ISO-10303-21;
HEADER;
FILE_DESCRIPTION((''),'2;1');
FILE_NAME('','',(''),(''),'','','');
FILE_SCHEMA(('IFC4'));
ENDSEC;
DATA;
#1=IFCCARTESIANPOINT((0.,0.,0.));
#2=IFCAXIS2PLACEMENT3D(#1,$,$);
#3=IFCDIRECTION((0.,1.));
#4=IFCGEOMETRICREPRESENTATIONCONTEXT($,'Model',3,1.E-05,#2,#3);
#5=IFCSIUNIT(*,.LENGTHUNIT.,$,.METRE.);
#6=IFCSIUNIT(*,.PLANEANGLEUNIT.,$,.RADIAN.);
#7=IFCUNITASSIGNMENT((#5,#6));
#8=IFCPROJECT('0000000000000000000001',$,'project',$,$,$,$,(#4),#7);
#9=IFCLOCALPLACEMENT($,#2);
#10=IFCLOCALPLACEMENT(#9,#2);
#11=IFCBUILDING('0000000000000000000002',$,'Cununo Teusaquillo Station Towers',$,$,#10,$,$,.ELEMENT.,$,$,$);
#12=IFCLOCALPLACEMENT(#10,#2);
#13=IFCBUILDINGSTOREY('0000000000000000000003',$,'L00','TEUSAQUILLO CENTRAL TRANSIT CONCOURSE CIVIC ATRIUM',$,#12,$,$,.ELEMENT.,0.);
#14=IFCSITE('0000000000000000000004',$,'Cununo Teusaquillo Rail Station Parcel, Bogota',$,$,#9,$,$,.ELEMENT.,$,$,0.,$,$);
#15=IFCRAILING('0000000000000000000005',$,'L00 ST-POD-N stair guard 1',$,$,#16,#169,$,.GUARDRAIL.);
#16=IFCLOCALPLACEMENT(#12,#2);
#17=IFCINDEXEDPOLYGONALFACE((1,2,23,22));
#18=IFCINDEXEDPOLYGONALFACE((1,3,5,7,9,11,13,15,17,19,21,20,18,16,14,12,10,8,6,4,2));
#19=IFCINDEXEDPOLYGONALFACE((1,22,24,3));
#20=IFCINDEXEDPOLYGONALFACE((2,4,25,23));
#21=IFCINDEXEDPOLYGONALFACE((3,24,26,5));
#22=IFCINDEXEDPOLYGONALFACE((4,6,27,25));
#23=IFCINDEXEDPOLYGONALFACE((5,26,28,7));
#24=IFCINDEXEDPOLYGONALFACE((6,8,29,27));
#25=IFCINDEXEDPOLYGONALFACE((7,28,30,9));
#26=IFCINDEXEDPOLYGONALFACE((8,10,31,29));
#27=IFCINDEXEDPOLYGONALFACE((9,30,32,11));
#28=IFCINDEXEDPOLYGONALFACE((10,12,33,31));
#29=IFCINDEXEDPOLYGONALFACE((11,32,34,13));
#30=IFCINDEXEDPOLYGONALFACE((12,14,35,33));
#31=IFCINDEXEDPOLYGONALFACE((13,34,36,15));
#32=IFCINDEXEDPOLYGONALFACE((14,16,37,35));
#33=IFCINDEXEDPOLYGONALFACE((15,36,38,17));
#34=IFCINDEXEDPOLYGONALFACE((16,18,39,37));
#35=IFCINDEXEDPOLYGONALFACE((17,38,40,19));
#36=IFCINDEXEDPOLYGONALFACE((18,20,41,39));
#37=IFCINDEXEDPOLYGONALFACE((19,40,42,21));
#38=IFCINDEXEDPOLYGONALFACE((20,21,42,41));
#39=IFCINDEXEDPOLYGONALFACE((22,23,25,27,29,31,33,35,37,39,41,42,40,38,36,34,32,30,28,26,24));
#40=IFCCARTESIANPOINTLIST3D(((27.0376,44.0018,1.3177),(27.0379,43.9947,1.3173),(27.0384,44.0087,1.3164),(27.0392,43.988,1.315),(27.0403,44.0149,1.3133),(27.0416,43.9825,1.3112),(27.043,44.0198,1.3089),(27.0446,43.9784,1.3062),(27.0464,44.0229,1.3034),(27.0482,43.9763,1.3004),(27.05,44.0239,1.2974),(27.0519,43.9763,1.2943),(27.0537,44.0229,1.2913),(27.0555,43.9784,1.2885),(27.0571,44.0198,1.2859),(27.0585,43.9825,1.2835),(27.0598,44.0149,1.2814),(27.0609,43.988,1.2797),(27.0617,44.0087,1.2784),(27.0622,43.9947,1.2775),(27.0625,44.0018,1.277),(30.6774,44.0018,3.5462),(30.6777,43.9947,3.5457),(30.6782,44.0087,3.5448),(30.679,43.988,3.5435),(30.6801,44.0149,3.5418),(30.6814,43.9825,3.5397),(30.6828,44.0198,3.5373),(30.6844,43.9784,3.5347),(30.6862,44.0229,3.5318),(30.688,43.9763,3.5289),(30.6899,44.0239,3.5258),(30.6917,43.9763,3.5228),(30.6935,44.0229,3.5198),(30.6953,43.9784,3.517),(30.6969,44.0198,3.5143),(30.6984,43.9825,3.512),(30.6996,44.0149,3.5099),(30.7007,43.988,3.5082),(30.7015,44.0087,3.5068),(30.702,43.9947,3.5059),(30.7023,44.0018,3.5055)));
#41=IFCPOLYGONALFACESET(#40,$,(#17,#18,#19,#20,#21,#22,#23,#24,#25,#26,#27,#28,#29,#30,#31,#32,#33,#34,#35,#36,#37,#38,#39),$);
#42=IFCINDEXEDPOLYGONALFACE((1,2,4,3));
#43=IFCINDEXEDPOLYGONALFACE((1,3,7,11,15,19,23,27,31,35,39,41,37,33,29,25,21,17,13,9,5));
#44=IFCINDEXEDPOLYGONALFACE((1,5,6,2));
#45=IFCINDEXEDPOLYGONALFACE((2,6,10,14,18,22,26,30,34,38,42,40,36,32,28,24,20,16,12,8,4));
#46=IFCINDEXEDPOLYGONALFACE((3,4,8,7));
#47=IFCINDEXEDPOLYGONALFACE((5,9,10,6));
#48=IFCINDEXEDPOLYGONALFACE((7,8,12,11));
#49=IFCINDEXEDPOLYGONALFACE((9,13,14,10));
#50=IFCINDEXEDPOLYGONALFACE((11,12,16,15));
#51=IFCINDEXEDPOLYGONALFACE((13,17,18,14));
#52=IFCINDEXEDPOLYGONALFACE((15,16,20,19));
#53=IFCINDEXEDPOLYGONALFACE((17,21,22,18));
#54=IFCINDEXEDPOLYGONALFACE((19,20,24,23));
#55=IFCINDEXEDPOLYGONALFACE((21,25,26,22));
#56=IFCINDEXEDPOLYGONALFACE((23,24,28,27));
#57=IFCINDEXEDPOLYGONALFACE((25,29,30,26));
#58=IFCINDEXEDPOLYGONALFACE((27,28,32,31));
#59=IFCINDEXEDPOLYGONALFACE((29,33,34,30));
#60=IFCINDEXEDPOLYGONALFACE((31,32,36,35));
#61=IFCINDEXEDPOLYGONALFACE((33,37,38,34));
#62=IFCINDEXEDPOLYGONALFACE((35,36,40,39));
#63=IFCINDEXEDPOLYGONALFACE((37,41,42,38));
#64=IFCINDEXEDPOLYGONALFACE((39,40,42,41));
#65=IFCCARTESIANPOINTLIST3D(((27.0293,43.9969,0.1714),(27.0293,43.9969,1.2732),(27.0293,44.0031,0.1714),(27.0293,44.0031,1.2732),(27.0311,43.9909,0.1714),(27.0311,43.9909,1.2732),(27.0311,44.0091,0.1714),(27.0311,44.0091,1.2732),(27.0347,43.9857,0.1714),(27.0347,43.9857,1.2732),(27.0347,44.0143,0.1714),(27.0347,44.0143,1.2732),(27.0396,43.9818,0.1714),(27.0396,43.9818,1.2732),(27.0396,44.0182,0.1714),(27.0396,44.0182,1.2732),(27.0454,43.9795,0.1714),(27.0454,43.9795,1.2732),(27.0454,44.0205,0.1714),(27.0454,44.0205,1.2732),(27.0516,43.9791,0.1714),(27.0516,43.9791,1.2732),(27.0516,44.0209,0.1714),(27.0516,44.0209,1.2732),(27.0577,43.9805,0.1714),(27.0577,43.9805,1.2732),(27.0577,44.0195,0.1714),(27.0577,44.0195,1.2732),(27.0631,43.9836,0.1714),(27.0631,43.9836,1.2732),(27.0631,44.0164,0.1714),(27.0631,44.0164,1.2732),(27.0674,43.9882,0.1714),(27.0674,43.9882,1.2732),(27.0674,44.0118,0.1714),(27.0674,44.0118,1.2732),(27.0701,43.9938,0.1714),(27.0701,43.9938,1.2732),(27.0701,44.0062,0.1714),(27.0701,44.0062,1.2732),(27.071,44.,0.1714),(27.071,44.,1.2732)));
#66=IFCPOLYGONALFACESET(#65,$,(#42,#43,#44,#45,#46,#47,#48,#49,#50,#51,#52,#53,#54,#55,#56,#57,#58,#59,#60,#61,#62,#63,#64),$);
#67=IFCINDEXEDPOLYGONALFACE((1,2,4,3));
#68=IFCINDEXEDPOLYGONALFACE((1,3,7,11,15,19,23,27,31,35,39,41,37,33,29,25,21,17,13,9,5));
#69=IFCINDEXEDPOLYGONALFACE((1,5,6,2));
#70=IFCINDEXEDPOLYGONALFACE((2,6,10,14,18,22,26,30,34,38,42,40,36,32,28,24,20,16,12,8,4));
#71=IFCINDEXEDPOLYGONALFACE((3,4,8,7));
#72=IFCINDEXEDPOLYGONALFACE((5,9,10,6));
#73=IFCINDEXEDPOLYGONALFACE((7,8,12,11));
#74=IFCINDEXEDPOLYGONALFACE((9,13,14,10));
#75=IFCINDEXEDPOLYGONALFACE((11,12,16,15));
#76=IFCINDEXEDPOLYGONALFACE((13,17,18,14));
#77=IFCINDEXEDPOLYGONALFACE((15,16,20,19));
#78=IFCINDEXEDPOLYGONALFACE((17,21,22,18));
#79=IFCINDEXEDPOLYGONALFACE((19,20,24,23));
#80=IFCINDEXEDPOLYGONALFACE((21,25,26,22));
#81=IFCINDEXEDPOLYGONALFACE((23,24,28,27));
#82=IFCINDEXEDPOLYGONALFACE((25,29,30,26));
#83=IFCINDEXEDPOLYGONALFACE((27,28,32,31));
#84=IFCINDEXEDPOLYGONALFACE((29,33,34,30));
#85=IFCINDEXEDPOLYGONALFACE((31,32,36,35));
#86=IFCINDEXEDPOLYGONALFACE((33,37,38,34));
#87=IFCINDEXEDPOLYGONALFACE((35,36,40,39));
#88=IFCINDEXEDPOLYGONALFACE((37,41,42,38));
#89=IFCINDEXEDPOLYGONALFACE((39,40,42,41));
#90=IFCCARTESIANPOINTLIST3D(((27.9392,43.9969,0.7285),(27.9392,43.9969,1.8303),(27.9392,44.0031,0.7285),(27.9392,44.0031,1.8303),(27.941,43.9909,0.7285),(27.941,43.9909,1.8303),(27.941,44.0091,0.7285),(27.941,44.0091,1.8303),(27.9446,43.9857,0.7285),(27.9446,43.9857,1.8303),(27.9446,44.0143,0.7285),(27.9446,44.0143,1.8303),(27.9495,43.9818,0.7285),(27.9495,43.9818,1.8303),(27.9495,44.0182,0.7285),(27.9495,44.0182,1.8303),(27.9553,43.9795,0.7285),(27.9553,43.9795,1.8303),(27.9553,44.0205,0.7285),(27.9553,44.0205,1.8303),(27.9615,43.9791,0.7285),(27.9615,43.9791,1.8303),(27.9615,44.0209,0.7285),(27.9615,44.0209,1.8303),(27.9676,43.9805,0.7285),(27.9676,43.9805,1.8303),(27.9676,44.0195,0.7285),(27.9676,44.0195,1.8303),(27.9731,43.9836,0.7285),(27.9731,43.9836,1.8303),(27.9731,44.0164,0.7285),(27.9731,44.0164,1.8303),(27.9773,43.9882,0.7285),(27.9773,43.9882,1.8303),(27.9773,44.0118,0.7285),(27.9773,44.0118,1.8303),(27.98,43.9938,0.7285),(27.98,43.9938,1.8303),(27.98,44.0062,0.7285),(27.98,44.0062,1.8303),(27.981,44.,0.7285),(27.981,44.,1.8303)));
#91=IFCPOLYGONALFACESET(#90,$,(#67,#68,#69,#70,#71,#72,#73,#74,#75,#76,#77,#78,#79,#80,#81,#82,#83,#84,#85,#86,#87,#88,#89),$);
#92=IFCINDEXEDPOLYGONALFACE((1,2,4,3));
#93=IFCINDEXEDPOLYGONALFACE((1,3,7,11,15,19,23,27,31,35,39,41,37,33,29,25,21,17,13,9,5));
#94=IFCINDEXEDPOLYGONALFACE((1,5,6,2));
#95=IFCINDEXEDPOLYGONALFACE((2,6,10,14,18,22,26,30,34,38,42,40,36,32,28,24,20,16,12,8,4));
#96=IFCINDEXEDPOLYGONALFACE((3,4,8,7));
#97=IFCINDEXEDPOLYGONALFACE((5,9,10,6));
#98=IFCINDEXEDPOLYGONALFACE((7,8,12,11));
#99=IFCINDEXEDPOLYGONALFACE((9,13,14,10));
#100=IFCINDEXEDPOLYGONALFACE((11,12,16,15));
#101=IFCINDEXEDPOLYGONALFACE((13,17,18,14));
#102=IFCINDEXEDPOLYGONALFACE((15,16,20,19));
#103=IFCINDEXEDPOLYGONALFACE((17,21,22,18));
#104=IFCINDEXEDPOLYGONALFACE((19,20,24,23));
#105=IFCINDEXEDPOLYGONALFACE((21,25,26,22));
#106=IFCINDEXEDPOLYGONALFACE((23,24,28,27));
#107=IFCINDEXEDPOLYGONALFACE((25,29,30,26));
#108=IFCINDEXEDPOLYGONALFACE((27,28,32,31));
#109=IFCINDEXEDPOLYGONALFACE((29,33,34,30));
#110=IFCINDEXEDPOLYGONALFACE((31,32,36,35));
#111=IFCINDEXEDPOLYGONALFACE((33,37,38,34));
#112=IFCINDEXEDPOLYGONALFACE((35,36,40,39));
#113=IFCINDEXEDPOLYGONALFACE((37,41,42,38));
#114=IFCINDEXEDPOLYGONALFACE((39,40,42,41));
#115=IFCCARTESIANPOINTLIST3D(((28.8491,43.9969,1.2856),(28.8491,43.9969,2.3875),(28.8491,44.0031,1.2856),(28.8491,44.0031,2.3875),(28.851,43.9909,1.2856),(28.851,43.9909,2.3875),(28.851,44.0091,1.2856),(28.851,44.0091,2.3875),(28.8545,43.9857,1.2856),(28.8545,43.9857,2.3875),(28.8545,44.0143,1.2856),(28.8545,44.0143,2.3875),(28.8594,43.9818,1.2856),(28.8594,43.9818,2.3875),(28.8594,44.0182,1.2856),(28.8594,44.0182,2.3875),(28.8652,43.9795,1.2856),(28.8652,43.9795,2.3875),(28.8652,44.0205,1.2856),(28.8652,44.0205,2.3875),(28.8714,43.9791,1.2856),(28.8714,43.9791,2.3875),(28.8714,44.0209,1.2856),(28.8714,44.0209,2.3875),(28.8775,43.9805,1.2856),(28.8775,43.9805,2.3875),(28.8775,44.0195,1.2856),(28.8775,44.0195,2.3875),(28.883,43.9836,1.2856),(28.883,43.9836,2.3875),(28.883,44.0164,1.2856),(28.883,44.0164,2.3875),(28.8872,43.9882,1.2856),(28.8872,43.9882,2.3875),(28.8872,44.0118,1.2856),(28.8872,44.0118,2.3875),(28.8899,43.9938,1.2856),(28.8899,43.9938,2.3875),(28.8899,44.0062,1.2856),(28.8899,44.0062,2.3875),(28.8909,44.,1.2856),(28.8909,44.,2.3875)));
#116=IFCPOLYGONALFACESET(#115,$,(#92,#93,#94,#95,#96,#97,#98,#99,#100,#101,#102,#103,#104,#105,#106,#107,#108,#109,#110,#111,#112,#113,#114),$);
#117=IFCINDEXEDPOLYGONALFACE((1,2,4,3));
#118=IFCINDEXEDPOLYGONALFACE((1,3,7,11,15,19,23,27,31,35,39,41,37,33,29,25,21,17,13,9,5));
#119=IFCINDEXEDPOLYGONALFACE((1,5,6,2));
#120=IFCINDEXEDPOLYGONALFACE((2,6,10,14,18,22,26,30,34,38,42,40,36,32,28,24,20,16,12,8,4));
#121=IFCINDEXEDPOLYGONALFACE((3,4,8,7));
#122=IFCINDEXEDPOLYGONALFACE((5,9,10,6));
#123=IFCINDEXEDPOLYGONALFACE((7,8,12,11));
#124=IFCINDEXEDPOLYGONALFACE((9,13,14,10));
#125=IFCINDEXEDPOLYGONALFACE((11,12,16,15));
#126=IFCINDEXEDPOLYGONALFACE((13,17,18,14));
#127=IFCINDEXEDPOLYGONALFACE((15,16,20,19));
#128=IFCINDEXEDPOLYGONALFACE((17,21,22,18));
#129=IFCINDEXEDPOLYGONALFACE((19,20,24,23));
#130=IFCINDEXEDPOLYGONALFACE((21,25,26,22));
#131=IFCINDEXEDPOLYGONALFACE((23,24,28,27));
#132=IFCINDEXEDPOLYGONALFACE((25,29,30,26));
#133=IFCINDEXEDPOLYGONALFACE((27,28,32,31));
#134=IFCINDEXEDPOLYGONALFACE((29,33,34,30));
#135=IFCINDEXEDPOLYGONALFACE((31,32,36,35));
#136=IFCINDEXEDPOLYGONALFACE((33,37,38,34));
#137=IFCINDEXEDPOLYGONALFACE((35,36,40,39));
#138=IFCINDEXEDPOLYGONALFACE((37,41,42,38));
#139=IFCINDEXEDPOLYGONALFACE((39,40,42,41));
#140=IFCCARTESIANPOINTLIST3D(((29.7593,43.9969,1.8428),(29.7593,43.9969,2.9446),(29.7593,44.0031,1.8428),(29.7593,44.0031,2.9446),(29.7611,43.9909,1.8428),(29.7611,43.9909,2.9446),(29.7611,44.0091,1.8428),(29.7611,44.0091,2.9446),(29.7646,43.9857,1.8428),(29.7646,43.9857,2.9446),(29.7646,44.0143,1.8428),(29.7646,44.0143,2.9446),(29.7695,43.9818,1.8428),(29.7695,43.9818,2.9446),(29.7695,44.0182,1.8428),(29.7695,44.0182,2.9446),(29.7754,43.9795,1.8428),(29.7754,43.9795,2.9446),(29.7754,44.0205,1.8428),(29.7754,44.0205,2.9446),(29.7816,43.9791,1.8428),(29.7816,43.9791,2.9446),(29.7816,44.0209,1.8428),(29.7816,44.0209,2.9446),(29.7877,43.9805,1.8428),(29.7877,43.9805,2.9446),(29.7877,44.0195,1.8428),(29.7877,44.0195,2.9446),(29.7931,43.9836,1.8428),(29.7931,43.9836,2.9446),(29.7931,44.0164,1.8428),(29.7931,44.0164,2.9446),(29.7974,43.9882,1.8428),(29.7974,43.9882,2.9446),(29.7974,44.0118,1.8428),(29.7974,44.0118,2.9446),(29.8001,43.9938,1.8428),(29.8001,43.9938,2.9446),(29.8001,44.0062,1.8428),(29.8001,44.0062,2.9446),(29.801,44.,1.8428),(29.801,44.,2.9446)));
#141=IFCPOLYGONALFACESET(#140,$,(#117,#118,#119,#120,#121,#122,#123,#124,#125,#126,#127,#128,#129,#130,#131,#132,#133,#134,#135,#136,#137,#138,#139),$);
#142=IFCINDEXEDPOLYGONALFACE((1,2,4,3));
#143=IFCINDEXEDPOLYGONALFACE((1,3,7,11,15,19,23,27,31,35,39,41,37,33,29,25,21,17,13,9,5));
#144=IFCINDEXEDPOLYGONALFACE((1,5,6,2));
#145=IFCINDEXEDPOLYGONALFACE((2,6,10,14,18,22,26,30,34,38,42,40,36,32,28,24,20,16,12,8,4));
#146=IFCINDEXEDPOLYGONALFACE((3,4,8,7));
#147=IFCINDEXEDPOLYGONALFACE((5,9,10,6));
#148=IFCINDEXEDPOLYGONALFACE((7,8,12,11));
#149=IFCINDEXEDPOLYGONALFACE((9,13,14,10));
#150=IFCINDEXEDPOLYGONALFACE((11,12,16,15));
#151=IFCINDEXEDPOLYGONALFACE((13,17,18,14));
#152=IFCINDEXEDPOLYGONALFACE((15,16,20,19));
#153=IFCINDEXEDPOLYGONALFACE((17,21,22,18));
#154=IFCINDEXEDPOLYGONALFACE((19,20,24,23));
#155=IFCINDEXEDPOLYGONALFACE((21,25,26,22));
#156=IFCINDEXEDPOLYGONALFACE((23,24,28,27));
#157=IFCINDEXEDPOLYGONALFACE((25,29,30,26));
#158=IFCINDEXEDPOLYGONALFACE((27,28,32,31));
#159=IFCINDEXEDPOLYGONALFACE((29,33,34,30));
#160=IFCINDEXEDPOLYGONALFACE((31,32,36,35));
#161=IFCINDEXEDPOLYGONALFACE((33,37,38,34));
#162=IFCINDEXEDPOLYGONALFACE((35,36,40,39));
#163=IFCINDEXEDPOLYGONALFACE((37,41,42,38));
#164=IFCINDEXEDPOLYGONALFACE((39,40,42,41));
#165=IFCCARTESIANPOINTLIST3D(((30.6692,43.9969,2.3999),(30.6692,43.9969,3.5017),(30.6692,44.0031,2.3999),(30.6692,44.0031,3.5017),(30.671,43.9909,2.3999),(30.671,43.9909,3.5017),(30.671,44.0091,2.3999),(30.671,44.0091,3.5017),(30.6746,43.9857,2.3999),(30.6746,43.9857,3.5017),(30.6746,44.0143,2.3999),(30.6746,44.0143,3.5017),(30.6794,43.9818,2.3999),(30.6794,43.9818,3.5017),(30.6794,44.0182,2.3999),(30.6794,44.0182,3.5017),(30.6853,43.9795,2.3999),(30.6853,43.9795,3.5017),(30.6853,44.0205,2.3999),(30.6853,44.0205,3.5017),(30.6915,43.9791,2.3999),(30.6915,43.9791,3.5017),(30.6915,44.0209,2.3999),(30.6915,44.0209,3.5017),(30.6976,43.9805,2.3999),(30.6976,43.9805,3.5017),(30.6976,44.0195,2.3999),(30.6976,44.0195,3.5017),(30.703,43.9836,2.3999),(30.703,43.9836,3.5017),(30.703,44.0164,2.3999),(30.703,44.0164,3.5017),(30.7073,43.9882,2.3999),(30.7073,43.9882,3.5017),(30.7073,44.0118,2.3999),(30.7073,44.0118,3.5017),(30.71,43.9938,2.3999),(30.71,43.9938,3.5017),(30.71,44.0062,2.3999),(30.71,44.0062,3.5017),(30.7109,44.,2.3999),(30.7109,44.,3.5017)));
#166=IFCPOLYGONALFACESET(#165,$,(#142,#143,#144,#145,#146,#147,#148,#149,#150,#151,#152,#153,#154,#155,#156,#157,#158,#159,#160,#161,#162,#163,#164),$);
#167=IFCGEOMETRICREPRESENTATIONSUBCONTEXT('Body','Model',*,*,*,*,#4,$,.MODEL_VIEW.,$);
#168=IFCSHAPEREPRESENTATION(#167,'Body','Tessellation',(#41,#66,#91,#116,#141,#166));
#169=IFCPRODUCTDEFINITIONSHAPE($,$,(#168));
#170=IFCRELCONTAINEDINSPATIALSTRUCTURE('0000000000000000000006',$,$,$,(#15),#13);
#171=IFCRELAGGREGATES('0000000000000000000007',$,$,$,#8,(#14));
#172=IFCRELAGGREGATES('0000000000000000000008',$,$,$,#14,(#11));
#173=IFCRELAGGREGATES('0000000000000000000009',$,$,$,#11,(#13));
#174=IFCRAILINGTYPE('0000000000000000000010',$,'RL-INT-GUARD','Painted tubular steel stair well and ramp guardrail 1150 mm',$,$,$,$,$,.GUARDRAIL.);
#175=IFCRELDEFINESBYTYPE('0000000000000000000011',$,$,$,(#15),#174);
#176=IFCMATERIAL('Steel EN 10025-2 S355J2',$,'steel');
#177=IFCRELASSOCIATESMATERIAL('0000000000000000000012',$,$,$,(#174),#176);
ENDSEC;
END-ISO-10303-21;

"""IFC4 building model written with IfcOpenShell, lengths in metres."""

from ifc_helpers import new_model, si_unit, direction, frame, origin, origin_2d, place, context, subcontext, project, spatial, circle, extrude, material, type_object, element, save


model = new_model("IFC4")

# Units and contexts
model_context = context("Model", 3, precision=1e-05, world=origin(), true_north=direction((0.0, 1.0)))
body_context = subcontext(model_context, "Body", "Model", "MODEL_VIEW")
ifc_project = project(units=[si_unit("LENGTHUNIT", "METRE"), si_unit("PLANEANGLEUNIT", "RADIAN")], contexts=[model_context])

# Site, building, storey
site_placement = place(None, origin())
site = spatial("IfcSite", under=ifc_project, at=site_placement, Name="Cununo Teusaquillo Rail Station Parcel, Bogota", CompositionType="ELEMENT", RefElevation=0.0)
building_placement = place(site_placement, origin())
building = spatial("IfcBuilding", under=site, at=building_placement, Name="Cununo Teusaquillo Station Towers", CompositionType="ELEMENT")
storey_placement = place(building_placement, origin())
storey = spatial("IfcBuildingStorey", under=building, at=storey_placement, Name="L00", Description="TEUSAQUILLO CENTRAL TRANSIT CONCOURSE CIVIC ATRIUM", CompositionType="ELEMENT", Elevation=0.0)

# Railing
ifc_material_1 = material(Name="Steel EN 10025-2 S355J2", Category="steel")
railing_type_1 = type_object("IfcRailingType", Name="RL-INT-GUARD", Description="Painted tubular steel stair well and ramp guardrail 1150 mm", PredefinedType="GUARDRAIL", material=ifc_material_1)
railing_1_placement = place(storey_placement, frame((27.05, 44.0, 0.1714)))
element("IfcRailing", 1, at=railing_1_placement, inside=storey, type_object=railing_type_1, Name="L00 ST-POD-N stair guard 1", PredefinedType="GUARDRAIL", context=body_context, shape_type="SweptSolid", body=[
    extrude(circle(Radius=0.0239, at=origin_2d()), frame((0.0, 0.0, 1.126), z_axis=(0.85285, 0.0, 0.522156), x_axis=(0.0, 1.0, 0.0)), (0.0, 0.0, 1.0), 4.2678),
    extrude(circle(Radius=0.021, at=origin_2d()), origin(), (0.0, 0.0, 1.0), 1.1018),
    extrude(circle(Radius=0.021, at=origin_2d()), frame((0.9099, 0.0, 0.5571)), (0.0, 0.0, 1.0), 1.1018),
    extrude(circle(Radius=0.021, at=origin_2d()), frame((1.8198, 0.0, 1.1143)), (0.0, 0.0, 1.0), 1.1018),
    extrude(circle(Radius=0.021, at=origin_2d()), frame((2.73, 0.0, 1.6714)), (0.0, 0.0, 1.0), 1.1018),
    extrude(circle(Radius=0.021, at=origin_2d()), frame((3.6399, 0.0, 2.2285)), (0.0, 0.0, 1.0), 1.1018),
])

save(model, "model.ifc")
